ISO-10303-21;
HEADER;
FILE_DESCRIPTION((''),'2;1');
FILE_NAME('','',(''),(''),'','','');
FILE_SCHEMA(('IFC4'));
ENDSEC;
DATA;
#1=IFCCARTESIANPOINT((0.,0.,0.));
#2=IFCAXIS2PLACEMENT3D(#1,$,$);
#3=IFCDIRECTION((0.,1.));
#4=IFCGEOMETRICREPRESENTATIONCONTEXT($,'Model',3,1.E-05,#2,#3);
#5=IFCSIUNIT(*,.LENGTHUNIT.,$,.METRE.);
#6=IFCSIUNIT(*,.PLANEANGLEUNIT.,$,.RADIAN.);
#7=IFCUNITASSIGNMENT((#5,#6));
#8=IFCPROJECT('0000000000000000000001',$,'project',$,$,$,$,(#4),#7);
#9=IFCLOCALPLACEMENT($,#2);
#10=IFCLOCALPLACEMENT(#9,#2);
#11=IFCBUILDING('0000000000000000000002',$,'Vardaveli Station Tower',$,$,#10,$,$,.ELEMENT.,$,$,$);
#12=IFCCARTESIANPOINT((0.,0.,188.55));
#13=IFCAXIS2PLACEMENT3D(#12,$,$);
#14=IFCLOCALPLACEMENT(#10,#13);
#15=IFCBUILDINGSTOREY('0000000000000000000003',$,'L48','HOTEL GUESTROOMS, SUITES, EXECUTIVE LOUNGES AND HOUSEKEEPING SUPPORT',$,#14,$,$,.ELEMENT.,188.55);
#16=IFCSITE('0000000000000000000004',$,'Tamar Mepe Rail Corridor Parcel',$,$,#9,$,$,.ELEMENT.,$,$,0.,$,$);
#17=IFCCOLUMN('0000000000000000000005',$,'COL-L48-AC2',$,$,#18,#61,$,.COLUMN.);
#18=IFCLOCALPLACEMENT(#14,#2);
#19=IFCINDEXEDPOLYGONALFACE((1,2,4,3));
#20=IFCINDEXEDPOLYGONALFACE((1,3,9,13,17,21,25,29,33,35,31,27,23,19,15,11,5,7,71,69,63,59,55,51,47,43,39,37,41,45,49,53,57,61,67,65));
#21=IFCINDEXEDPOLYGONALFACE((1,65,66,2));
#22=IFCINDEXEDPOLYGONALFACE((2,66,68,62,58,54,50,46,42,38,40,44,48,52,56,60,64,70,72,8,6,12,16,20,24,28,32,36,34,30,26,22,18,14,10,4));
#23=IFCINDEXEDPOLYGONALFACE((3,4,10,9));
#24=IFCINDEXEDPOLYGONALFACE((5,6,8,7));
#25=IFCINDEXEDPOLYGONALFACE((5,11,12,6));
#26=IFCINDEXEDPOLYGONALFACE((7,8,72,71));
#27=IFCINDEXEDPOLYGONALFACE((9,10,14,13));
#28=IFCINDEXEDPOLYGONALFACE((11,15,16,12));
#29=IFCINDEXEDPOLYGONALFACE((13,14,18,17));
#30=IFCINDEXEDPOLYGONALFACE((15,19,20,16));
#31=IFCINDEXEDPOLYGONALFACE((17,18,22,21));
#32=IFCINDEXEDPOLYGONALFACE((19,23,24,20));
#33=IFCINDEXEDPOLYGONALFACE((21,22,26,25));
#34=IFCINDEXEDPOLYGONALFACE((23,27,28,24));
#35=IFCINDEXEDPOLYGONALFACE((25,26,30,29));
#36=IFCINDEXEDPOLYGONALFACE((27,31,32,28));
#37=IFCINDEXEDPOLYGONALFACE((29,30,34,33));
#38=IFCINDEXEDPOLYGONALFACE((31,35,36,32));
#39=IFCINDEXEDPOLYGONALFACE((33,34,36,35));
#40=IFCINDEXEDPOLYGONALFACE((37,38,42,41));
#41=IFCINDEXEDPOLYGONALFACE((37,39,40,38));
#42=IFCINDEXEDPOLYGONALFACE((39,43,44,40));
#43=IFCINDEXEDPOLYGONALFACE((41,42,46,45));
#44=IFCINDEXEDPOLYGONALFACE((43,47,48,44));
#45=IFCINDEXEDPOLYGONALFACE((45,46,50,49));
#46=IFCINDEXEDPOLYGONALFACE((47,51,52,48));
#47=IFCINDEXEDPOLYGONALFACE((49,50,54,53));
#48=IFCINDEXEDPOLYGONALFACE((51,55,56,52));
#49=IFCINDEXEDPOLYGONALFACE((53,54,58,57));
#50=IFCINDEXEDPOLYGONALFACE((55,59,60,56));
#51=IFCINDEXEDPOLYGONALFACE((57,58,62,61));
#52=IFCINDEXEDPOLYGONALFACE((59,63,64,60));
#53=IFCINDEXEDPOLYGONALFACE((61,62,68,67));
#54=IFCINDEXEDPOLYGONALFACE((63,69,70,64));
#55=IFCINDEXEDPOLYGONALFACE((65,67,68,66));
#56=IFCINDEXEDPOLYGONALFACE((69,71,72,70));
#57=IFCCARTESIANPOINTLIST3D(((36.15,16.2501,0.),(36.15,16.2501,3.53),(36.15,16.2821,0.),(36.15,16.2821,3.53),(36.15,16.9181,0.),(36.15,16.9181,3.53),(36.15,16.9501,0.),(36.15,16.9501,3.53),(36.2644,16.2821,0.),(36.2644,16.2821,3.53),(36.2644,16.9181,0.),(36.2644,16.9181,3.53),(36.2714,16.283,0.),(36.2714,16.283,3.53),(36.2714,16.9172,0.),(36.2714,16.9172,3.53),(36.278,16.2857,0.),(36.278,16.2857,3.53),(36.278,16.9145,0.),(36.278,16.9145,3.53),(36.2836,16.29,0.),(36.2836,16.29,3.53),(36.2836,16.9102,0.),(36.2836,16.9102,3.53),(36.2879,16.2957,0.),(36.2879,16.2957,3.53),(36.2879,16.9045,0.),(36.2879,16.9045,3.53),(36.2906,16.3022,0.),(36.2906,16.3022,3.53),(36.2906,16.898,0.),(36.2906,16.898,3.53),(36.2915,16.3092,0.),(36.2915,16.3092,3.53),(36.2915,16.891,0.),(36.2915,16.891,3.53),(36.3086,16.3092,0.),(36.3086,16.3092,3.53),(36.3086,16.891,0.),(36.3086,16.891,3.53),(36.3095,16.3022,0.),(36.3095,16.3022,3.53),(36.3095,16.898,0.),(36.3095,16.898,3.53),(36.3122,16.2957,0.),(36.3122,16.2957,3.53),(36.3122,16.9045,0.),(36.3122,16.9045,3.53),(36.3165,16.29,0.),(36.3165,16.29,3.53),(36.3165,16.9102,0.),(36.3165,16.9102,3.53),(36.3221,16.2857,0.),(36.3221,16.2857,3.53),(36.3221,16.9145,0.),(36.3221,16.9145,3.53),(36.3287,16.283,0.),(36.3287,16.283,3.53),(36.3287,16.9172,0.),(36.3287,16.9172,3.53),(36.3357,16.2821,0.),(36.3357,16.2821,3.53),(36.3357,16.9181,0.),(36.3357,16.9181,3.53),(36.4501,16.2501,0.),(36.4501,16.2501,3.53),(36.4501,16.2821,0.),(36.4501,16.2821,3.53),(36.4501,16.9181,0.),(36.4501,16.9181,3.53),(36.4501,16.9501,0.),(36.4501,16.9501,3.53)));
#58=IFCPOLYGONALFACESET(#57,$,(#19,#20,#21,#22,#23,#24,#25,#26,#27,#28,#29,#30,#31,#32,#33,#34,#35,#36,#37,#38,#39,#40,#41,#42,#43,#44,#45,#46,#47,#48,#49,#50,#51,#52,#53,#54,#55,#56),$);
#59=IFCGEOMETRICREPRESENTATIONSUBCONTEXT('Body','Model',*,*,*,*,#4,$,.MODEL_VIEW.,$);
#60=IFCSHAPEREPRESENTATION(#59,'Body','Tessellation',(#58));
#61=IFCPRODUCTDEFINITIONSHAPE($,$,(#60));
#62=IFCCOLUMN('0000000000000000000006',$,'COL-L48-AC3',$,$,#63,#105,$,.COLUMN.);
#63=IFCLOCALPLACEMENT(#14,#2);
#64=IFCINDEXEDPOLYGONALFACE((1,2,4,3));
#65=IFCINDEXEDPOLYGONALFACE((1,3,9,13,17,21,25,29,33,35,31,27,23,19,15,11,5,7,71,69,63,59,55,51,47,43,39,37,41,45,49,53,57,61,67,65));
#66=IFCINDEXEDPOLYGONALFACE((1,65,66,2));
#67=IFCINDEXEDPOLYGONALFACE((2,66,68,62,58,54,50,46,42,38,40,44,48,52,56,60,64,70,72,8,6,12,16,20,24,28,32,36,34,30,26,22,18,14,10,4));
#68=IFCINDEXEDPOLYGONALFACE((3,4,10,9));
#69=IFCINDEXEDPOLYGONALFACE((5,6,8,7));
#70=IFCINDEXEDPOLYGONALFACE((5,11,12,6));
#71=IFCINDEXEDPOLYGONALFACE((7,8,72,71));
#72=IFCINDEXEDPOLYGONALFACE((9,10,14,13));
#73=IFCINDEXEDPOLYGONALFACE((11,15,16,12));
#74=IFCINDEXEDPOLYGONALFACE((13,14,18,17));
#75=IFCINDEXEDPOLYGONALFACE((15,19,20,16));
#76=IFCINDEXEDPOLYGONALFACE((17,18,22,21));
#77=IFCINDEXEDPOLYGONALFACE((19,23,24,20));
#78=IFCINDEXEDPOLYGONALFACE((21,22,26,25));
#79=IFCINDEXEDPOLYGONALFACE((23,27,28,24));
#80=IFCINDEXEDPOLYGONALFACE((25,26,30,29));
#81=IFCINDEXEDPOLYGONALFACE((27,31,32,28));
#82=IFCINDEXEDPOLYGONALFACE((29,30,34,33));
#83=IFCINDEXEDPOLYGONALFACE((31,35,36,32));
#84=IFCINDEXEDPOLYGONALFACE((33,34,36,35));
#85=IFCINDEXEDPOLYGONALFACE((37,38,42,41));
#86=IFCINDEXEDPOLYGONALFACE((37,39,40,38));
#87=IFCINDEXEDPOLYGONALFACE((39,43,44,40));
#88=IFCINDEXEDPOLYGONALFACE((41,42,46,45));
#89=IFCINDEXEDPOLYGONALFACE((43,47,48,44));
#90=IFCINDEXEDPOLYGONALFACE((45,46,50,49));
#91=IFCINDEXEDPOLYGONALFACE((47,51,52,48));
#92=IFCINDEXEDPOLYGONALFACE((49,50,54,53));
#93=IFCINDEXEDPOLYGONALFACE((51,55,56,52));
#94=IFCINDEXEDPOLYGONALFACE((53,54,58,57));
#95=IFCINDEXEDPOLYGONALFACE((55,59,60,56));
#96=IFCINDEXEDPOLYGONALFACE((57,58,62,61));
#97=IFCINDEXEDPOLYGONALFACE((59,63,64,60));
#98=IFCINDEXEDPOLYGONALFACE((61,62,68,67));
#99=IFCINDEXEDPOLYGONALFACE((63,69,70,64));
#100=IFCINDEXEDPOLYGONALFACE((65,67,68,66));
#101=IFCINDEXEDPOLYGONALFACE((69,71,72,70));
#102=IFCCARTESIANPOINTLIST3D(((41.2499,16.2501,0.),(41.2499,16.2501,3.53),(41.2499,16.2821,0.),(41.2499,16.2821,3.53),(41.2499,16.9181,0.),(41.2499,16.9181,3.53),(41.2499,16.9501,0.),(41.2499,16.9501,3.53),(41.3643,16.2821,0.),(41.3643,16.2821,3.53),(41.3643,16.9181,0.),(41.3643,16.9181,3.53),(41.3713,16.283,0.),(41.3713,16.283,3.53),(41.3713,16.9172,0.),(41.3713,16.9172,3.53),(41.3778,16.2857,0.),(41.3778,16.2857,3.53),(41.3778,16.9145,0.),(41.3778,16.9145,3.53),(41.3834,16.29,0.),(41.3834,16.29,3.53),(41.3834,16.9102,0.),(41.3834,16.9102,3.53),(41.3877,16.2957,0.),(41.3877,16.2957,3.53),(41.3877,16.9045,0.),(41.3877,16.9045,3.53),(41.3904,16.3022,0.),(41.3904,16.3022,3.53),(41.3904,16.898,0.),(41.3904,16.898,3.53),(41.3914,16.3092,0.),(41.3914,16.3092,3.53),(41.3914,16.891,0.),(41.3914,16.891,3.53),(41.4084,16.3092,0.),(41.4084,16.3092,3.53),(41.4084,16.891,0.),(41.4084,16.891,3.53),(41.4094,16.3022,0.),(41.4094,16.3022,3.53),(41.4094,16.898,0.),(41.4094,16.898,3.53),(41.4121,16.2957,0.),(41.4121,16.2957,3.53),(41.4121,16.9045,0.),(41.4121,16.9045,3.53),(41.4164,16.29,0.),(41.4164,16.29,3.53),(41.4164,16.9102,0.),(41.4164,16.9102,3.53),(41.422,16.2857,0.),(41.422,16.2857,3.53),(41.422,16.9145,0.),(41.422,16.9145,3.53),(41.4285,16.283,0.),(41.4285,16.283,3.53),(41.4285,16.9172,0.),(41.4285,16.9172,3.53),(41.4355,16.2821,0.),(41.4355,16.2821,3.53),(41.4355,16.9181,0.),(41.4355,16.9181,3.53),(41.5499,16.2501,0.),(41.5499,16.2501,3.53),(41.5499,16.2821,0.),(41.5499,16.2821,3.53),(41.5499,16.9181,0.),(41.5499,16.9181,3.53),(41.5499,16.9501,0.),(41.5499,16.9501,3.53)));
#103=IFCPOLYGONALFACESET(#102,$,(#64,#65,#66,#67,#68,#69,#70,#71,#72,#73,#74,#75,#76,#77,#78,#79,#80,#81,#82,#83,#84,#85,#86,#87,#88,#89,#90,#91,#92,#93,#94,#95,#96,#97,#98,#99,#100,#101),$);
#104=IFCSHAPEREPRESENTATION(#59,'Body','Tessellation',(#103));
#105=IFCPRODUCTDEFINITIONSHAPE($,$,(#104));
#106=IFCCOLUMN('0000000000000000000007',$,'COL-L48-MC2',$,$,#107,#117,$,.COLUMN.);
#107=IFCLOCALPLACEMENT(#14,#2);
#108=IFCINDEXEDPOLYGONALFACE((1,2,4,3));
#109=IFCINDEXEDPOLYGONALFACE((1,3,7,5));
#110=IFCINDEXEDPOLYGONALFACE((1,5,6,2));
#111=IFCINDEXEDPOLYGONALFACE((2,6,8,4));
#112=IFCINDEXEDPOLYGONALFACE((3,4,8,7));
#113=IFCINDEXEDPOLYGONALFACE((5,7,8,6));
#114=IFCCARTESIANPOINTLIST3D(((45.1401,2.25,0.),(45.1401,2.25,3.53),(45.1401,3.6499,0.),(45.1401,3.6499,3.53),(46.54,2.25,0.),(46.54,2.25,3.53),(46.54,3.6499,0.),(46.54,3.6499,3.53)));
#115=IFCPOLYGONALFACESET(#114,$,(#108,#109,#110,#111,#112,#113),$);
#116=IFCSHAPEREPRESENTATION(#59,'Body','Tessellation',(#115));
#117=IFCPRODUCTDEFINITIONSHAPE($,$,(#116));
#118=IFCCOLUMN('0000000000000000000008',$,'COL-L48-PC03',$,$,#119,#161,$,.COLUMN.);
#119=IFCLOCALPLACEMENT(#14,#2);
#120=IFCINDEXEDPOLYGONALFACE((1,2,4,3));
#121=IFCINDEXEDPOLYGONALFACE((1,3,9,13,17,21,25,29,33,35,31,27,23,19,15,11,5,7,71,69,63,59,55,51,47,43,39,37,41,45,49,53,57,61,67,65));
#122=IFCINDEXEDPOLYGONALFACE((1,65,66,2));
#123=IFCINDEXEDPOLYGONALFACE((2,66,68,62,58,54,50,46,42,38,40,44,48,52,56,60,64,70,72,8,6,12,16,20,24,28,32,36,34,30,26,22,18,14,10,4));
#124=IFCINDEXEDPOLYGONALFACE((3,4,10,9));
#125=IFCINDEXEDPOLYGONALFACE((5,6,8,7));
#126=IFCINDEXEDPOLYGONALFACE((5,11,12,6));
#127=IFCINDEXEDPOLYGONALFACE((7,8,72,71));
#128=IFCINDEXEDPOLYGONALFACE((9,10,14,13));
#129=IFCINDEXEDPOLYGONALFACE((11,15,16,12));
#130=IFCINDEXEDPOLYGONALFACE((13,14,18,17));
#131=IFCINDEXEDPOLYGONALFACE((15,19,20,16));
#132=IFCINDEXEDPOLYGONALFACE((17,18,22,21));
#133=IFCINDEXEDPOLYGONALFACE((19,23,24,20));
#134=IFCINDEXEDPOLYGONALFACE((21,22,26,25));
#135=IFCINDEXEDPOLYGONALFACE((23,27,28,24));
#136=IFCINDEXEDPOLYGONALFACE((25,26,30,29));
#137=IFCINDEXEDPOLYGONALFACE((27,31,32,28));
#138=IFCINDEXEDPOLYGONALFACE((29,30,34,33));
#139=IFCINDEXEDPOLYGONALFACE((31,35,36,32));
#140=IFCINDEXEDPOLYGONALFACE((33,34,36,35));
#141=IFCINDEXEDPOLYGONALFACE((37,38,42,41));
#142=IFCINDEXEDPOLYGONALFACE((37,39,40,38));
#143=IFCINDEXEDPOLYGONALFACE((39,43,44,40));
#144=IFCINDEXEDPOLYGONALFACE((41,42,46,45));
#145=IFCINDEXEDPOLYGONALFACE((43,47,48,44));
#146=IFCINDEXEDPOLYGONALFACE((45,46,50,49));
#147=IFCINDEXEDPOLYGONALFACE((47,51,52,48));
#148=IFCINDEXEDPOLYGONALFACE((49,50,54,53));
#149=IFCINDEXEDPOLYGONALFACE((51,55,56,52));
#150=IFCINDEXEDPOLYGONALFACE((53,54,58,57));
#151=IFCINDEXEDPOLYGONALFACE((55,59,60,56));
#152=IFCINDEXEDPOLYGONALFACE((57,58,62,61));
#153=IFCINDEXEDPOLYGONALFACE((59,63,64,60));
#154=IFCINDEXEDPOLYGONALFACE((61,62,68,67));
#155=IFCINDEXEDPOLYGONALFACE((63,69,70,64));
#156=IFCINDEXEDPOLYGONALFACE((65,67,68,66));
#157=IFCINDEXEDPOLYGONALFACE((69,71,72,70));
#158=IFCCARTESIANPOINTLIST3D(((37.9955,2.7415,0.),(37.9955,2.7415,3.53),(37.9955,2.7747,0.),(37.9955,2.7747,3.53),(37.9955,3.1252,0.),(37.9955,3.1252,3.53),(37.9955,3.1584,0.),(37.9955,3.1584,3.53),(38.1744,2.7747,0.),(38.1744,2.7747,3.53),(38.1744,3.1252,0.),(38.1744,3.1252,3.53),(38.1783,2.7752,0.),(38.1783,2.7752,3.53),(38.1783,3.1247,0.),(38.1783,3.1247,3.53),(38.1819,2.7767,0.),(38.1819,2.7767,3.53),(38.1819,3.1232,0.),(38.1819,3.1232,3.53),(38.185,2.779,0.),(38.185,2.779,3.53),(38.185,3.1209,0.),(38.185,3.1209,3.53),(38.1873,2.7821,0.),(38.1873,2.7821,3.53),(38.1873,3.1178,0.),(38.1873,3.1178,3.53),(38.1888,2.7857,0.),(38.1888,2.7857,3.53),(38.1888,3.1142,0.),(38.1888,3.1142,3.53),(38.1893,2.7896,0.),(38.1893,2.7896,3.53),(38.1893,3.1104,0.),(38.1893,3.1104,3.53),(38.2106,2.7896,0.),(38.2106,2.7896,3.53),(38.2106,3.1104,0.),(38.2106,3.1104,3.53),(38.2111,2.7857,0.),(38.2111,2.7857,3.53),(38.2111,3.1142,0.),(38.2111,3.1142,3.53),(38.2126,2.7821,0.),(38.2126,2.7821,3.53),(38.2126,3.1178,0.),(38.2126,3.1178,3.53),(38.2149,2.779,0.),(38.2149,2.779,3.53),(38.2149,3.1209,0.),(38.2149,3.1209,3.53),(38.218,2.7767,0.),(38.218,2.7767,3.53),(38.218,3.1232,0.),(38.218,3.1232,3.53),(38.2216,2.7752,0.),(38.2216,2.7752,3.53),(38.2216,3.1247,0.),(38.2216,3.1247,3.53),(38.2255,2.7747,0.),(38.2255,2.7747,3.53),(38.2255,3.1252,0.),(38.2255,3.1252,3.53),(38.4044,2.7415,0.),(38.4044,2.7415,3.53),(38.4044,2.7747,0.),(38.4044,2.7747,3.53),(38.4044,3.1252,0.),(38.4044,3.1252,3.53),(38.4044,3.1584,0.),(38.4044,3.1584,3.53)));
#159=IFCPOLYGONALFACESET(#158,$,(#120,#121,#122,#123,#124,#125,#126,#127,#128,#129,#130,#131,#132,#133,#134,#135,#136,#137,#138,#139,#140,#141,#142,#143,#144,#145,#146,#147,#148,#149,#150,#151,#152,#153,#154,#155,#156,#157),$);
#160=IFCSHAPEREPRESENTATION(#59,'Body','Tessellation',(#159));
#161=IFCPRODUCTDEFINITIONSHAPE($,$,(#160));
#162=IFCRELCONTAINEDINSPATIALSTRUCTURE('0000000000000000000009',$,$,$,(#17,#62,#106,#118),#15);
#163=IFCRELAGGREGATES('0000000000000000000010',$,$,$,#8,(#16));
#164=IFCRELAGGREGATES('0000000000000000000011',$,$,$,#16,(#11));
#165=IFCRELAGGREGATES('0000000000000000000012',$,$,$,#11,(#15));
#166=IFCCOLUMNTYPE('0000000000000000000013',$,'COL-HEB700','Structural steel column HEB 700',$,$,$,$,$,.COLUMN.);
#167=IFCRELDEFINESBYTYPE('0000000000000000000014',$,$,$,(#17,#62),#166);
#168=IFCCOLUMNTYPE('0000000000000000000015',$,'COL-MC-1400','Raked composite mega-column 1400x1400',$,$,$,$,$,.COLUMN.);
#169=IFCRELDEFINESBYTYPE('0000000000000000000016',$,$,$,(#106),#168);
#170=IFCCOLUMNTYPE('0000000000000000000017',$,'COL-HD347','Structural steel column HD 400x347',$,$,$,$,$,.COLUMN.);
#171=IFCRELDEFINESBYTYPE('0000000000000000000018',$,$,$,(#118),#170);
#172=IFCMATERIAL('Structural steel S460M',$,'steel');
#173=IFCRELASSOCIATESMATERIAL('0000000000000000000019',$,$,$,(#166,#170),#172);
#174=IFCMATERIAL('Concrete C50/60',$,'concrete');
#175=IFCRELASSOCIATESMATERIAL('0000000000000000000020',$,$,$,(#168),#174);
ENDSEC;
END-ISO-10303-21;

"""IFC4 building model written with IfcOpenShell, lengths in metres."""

from ifc_helpers import new_model, si_unit, direction, frame, origin, origin_2d, place, context, subcontext, project, spatial, rectangle, i_section, extrude, source, transform, mapped, material, material_profile, profile_set, type_object, element, save


model = new_model("IFC4")

# Units and contexts
model_context = context("Model", 3, precision=1e-05, world=origin(), true_north=direction((0.0, 1.0)))
body_context = subcontext(model_context, "Body", "Model", "MODEL_VIEW")
ifc_project = project(units=[si_unit("LENGTHUNIT", "METRE"), si_unit("PLANEANGLEUNIT", "RADIAN")], contexts=[model_context])

# Site, building, storey
site_placement = place(None, origin())
site = spatial("IfcSite", under=ifc_project, at=site_placement, Name="Tamar Mepe Rail Corridor Parcel", CompositionType="ELEMENT", RefElevation=0.0)
building_placement = place(site_placement, origin())
building = spatial("IfcBuilding", under=site, at=building_placement, Name="Vardaveli Station Tower", CompositionType="ELEMENT")
storey_placement = place(building_placement, frame((0.0, 0.0, 188.55)))
storey = spatial("IfcBuildingStorey", under=building, at=storey_placement, Name="L48", Description="HOTEL GUESTROOMS, SUITES, EXECUTIVE LOUNGES AND HOUSEKEEPING SUPPORT", CompositionType="ELEMENT", Elevation=188.55)

# Columns
ifc_material_1 = material(Name="Structural steel S460M", Category="steel")
ifc_material_profile_1 = material_profile(ifc_material_1, i_section(OverallWidth=0.3, OverallDepth=0.7, WebThickness=0.0171, FlangeThickness=0.032, FilletRadius=0.0271, at=origin_2d()), Name="HEB 700")
ifc_profile_set_1 = profile_set([ifc_material_profile_1], Name="Structural steel S460M")
column_type_1 = type_object("IfcColumnType", Name="COL-HEB700", Description="Structural steel column HEB 700", PredefinedType="COLUMN", material=ifc_profile_set_1)
shared_shape_1 = source(origin(), body_context, "Body", "SweptSolid", [
    extrude(i_section(OverallWidth=0.3, OverallDepth=0.7, WebThickness=0.0171, FlangeThickness=0.032, FilletRadius=0.0271, at=origin_2d()), origin(), (0.0, 0.0, 1.0), 3.53),
])
for number, where, z_axis, x_axis, name in (
    (1, (36.3, 16.6001, 0.0), (0.0, 0.0, 1.0), (1.0, 0.0, 0.0), "COL-L48-AC2"),
    (2, (41.3999, 16.6001, 0.0), (0.0, 0.0, 1.0), (1.0, 0.0, 0.0), "COL-L48-AC3"),
):
    element("IfcColumn", number, at=place(storey_placement, frame(where, z_axis=z_axis, x_axis=x_axis)), inside=storey, type_object=column_type_1, Name=name, PredefinedType="COLUMN", context=body_context, shape_type="MappedRepresentation", body=[
        mapped(shared_shape_1, transform((0.0, 0.0, 0.0), scale=1.0)),
    ])
ifc_material_2 = material(Name="Concrete C50/60", Category="concrete")
ifc_material_profile_2 = material_profile(ifc_material_2, rectangle(XDim=1.3999, YDim=1.3999, at=origin_2d()), Name="MC 1400x1400")
ifc_profile_set_2 = profile_set([ifc_material_profile_2], Name="Concrete C50/60")
column_type_2 = type_object("IfcColumnType", Name="COL-MC-1400", Description="Raked composite mega-column 1400x1400", PredefinedType="COLUMN", material=ifc_profile_set_2)
shared_shape_2 = source(origin(), body_context, "Body", "SweptSolid", [
    extrude(rectangle(XDim=1.3999, YDim=1.3999, at=origin_2d()), origin(), (0.0, 0.0, 1.0), 3.53),
])
column_1_placement = place(storey_placement, frame((45.8401, 2.95, 0.0), z_axis=(0.0, 0.0, 1.0), x_axis=(1.0, 0.0, 0.0)))
element("IfcColumn", 3, at=column_1_placement, inside=storey, type_object=column_type_2, Name="COL-L48-MC2", PredefinedType="COLUMN", context=body_context, shape_type="MappedRepresentation", body=[
    mapped(shared_shape_2, transform((0.0, 0.0, 0.0), scale=1.0)),
])
ifc_material_profile_3 = material_profile(ifc_material_1, i_section(OverallWidth=0.4089, OverallDepth=0.417, WebThickness=0.0212, FlangeThickness=0.0332, FilletRadius=0.0149, at=origin_2d()), Name="HD 400x347")
ifc_profile_set_3 = profile_set([ifc_material_profile_3], Name="Structural steel S460M")
column_type_3 = type_object("IfcColumnType", Name="COL-HD347", Description="Structural steel column HD 400x347", PredefinedType="COLUMN", material=ifc_profile_set_3)
shared_shape_3 = source(origin(), body_context, "Body", "SweptSolid", [
    extrude(i_section(OverallWidth=0.4089, OverallDepth=0.417, WebThickness=0.0212, FlangeThickness=0.0332, FilletRadius=0.0149, at=origin_2d()), origin(), (0.0, 0.0, 1.0), 3.53),
])
column_2_placement = place(storey_placement, frame((38.2, 2.95, 0.0), z_axis=(0.0, 0.0, 1.0), x_axis=(1.0, 0.0, 0.0)))
element("IfcColumn", 4, at=column_2_placement, inside=storey, type_object=column_type_3, Name="COL-L48-PC03", PredefinedType="COLUMN", context=body_context, shape_type="MappedRepresentation", body=[
    mapped(shared_shape_3, transform((0.0, 0.0, 0.0), scale=1.0)),
])

save(model, "model.ifc")
